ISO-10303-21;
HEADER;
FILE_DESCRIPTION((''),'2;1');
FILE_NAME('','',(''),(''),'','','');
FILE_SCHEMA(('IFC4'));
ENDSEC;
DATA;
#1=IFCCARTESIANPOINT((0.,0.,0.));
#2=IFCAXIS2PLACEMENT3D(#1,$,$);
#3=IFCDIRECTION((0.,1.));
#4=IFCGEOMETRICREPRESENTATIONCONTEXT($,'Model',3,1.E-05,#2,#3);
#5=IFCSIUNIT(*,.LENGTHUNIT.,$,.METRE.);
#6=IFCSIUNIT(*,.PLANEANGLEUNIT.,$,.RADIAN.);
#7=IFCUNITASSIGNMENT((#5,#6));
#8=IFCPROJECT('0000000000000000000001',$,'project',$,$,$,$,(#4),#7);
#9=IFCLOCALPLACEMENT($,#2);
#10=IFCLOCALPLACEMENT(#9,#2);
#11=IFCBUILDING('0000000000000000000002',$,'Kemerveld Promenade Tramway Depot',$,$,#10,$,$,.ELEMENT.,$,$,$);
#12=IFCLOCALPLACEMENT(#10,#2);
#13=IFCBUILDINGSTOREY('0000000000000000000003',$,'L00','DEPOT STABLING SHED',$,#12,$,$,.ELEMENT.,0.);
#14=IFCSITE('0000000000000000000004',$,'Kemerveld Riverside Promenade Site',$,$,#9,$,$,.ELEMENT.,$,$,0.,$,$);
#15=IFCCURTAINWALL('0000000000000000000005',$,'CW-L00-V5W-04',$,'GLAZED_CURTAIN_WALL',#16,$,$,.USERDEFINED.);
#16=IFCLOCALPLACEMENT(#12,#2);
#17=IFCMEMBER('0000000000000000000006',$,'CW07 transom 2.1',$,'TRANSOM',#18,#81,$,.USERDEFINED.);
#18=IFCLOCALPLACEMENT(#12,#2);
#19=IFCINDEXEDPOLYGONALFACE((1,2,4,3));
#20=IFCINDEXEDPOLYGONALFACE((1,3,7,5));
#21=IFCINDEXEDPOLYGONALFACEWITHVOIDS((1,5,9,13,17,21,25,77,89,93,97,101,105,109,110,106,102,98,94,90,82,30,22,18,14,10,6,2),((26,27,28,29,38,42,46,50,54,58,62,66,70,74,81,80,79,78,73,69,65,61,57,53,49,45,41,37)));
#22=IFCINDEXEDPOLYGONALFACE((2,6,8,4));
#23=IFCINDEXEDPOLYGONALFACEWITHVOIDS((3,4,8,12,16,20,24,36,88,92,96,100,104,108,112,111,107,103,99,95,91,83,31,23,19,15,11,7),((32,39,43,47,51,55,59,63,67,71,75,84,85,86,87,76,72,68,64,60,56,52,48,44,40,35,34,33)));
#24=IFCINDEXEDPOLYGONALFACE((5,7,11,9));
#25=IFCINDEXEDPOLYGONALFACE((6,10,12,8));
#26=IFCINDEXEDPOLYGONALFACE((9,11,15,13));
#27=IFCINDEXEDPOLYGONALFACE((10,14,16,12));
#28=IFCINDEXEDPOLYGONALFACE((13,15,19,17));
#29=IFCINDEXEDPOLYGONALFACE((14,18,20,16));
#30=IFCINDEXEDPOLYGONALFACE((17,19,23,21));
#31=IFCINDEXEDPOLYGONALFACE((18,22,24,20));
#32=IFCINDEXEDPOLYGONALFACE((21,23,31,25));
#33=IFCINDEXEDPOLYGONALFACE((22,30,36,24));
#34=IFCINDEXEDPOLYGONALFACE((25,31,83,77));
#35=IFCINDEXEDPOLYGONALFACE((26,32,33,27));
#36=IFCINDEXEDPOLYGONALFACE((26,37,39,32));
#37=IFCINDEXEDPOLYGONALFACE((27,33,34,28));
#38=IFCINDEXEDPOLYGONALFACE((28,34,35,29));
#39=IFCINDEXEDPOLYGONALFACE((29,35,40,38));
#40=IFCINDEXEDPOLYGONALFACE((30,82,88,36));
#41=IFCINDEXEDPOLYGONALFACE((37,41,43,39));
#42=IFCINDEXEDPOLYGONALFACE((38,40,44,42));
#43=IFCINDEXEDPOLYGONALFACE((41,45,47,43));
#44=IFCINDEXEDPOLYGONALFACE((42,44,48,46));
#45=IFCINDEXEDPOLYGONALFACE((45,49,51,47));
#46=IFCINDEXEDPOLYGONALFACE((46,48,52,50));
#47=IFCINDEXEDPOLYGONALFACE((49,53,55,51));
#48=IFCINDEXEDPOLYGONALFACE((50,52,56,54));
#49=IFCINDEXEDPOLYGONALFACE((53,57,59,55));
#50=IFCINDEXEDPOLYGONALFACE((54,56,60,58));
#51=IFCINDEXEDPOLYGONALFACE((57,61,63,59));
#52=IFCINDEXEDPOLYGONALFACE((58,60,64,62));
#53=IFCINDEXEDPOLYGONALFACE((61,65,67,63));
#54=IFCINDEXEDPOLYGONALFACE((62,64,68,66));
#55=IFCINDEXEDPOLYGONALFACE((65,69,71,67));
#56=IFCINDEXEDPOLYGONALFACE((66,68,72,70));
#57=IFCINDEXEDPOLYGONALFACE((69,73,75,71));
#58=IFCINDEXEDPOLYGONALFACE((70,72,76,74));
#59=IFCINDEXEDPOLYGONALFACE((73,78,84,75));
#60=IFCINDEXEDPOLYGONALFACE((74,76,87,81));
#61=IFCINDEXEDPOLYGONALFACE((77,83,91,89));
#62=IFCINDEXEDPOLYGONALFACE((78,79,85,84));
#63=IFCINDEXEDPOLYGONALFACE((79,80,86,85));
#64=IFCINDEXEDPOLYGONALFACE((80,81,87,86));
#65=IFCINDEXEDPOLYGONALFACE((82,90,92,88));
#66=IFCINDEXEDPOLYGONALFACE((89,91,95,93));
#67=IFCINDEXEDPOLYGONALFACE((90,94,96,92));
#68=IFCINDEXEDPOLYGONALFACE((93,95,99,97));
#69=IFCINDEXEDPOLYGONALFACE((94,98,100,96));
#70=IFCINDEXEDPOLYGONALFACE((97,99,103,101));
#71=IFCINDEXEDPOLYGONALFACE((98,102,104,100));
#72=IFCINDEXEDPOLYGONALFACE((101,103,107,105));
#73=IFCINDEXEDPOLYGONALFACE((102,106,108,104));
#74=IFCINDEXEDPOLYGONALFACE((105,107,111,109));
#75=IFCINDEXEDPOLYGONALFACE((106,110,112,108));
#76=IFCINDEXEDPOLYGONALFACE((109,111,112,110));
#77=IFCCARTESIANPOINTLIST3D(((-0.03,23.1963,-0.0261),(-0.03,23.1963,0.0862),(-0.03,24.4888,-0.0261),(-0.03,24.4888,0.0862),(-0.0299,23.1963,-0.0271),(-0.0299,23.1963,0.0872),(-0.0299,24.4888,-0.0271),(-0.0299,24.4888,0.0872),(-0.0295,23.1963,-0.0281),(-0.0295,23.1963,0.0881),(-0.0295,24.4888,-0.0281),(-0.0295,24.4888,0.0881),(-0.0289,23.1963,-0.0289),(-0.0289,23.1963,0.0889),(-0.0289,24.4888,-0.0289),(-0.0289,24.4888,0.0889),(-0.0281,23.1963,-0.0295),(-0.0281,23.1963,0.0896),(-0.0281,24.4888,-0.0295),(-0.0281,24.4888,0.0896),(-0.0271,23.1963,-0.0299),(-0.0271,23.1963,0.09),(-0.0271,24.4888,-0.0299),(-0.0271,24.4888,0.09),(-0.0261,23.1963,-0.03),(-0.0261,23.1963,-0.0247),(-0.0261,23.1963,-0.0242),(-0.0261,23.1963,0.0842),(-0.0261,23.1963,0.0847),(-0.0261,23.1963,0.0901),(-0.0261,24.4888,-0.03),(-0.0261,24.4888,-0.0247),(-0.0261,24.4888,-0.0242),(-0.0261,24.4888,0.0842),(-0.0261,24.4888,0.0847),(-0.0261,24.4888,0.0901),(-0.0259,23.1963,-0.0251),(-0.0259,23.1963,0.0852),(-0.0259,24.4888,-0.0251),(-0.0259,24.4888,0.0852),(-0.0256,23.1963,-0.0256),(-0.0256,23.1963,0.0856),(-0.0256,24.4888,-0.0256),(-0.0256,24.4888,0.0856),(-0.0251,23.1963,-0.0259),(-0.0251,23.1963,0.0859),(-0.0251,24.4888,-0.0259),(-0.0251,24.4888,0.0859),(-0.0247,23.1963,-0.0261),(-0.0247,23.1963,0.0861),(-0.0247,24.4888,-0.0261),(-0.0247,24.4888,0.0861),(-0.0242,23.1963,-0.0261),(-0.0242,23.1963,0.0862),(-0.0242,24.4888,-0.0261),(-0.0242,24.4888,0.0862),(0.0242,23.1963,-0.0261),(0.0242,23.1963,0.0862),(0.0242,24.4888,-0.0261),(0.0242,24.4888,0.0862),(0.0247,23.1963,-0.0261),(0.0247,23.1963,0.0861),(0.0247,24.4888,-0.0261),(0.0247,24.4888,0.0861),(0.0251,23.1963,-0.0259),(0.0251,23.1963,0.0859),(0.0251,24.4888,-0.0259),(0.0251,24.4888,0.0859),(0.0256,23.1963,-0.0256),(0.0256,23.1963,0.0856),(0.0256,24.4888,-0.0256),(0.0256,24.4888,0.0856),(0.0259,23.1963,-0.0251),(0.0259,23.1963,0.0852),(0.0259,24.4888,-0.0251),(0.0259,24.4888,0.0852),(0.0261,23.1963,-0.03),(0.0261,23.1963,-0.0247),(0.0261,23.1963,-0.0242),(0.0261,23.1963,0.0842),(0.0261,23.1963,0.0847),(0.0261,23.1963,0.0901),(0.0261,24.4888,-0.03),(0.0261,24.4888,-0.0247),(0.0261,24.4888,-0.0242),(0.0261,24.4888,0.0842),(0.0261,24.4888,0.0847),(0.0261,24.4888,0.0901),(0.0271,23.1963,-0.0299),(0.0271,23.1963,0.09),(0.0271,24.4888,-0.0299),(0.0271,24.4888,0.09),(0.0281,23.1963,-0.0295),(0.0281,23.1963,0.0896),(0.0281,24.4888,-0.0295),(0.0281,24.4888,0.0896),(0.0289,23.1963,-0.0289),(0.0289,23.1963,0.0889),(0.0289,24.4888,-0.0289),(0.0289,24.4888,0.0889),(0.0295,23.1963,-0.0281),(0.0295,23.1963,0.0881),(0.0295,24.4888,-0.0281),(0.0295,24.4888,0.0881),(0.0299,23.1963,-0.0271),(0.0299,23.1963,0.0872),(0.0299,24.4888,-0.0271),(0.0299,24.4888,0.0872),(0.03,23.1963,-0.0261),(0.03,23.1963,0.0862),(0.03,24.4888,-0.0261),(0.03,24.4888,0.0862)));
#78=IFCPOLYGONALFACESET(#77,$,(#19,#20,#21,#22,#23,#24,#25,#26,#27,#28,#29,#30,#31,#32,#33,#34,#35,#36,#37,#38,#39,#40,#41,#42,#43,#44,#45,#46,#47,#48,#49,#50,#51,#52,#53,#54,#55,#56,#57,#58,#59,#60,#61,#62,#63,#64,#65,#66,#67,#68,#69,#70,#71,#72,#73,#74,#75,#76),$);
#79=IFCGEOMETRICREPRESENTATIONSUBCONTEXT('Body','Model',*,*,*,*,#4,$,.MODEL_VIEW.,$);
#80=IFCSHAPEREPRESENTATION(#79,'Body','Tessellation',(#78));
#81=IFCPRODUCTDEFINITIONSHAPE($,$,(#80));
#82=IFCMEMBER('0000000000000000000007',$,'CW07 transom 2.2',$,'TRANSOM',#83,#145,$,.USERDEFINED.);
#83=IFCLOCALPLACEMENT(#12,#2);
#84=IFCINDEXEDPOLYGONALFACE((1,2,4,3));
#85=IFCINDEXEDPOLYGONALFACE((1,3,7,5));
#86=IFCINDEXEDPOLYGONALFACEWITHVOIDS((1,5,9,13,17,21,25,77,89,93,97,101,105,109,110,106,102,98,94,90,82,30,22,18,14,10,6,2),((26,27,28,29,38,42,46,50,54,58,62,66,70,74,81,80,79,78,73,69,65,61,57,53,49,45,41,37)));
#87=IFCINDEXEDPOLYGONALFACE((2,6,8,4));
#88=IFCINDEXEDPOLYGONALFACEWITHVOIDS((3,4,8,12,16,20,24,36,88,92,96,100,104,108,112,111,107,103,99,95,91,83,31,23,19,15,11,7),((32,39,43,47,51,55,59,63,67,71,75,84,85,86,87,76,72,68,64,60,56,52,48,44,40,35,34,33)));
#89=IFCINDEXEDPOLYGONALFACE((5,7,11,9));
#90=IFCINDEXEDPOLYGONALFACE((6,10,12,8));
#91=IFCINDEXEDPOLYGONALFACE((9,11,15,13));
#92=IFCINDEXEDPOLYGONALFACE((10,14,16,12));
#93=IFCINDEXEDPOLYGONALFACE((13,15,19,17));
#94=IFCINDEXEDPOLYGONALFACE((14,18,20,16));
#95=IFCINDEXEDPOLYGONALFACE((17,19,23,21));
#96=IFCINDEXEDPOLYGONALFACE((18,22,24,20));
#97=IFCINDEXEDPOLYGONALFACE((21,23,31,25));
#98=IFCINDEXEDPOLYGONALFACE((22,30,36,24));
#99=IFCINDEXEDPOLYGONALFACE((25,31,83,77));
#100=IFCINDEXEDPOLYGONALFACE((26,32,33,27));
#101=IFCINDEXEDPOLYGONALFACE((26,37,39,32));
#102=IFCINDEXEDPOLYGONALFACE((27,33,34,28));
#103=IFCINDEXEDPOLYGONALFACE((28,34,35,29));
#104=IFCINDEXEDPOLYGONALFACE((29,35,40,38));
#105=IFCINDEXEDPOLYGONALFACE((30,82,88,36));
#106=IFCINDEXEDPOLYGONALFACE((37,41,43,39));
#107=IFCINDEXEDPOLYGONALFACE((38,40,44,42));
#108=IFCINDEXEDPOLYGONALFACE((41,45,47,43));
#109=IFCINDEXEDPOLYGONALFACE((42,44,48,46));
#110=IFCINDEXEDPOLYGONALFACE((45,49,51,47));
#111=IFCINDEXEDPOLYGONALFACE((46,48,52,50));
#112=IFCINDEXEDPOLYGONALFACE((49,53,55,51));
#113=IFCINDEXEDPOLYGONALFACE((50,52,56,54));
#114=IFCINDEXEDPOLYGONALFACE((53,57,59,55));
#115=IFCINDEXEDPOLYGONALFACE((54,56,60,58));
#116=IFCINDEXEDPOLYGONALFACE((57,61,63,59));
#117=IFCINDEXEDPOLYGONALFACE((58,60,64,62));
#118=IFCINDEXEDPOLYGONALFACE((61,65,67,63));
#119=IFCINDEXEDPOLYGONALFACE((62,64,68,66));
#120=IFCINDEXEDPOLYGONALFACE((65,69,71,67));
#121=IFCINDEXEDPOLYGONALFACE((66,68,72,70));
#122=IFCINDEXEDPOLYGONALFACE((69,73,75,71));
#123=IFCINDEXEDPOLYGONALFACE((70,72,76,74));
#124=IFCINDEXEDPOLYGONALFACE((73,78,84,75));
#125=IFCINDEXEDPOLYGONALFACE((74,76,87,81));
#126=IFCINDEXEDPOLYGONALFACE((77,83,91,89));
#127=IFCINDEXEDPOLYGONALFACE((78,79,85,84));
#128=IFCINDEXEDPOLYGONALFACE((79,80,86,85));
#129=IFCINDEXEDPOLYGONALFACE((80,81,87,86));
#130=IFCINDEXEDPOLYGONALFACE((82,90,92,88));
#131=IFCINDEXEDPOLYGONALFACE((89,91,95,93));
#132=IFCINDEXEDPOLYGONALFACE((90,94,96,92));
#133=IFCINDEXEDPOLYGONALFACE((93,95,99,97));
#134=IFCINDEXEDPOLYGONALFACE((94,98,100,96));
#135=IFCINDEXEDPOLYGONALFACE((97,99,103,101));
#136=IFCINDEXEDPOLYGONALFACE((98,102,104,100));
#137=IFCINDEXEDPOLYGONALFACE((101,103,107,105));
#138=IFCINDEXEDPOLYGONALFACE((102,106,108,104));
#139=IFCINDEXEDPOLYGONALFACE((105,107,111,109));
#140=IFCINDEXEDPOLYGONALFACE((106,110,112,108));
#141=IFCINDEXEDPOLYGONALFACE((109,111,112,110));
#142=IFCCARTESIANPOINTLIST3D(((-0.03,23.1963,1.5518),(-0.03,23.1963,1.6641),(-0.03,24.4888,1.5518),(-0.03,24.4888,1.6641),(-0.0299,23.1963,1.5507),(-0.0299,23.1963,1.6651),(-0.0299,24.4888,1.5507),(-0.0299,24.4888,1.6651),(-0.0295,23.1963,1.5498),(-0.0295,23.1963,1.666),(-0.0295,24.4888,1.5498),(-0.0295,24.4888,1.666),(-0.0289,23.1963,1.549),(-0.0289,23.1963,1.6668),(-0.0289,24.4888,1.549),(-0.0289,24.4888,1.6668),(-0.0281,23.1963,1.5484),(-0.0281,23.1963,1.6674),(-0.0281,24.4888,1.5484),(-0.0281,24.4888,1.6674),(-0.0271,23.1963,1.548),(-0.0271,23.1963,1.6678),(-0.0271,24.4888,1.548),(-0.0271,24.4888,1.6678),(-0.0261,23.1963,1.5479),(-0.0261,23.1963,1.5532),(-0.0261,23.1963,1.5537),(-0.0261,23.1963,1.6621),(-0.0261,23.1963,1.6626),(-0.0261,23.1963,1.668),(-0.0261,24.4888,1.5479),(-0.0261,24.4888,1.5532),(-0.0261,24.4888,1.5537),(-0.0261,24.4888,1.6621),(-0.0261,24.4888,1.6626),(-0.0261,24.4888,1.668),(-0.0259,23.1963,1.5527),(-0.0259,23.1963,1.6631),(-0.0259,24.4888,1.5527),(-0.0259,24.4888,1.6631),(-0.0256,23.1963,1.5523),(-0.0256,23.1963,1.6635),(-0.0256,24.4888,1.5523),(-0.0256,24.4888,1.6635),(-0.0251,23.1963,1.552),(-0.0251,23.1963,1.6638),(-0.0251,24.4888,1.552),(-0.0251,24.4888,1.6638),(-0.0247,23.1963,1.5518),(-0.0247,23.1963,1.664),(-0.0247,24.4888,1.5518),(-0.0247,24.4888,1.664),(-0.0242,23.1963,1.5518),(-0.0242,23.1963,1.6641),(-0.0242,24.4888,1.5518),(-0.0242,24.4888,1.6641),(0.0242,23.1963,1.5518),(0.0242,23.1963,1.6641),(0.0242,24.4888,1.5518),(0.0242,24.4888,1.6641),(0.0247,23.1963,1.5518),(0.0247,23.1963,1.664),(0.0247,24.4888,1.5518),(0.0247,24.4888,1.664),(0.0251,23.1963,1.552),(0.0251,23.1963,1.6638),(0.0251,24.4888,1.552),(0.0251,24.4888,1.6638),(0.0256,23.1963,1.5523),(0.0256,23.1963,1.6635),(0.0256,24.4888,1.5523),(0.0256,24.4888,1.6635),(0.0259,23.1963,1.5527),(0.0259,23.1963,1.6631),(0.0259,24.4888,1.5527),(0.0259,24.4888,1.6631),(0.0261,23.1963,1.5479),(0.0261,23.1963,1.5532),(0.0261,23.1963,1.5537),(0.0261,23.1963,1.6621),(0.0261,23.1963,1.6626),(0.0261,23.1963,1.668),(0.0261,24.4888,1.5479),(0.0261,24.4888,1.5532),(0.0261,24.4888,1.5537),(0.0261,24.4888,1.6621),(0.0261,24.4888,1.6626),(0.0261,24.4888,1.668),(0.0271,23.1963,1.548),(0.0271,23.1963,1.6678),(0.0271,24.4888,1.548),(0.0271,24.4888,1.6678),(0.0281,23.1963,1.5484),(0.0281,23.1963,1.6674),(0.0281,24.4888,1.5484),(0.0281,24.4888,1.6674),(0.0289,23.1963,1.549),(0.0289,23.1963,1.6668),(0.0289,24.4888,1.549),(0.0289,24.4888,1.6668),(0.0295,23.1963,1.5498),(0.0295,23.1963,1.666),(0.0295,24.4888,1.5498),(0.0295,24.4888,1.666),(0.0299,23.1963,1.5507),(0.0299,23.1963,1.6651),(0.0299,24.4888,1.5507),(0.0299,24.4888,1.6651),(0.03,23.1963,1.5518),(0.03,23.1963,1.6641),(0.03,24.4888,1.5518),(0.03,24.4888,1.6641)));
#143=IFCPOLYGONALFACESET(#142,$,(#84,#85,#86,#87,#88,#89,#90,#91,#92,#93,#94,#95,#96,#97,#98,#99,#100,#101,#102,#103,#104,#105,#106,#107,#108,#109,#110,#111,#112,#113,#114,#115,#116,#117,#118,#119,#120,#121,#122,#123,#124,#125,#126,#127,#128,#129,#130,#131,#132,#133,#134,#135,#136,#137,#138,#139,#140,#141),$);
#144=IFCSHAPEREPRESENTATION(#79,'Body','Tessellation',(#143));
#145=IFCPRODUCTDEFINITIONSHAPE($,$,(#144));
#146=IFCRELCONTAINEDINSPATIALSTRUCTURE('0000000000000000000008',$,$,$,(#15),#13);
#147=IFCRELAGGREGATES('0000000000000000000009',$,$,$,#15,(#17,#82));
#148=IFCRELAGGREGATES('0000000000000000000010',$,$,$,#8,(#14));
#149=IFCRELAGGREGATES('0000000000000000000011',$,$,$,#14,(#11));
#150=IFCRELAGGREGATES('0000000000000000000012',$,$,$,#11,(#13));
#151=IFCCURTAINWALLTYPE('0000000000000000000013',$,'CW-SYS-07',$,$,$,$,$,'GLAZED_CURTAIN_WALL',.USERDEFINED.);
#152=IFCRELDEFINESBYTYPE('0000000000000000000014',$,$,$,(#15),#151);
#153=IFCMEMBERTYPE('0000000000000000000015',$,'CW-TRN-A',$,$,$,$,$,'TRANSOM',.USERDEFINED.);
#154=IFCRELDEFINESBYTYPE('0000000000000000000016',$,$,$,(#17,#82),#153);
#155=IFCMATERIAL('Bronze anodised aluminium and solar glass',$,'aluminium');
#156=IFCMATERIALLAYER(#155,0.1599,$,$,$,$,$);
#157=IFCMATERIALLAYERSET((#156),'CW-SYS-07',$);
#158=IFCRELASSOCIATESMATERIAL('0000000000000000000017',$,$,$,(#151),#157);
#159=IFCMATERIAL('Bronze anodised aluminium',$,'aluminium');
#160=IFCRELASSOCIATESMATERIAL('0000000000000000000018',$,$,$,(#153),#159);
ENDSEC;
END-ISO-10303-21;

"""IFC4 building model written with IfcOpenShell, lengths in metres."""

from ifc_helpers import new_model, si_unit, direction, frame, origin, origin_2d, place, context, subcontext, project, spatial, hollow_rectangle, extrude, material, layer, layer_set, material_profile, profile_set, type_object, element, aggregate, save


model = new_model("IFC4")

# Units and contexts
model_context = context("Model", 3, precision=1e-05, world=origin(), true_north=direction((0.0, 1.0)))
body_context = subcontext(model_context, "Body", "Model", "MODEL_VIEW")
ifc_project = project(units=[si_unit("LENGTHUNIT", "METRE"), si_unit("PLANEANGLEUNIT", "RADIAN")], contexts=[model_context])

# Site, building, storey
site_placement = place(None, origin())
site = spatial("IfcSite", under=ifc_project, at=site_placement, Name="Kemerveld Riverside Promenade Site", CompositionType="ELEMENT", RefElevation=0.0)
building_placement = place(site_placement, origin())
building = spatial("IfcBuilding", under=site, at=building_placement, Name="Kemerveld Promenade Tramway Depot", CompositionType="ELEMENT")
storey_placement = place(building_placement, origin())
storey = spatial("IfcBuildingStorey", under=building, at=storey_placement, Name="L00", Description="DEPOT STABLING SHED", CompositionType="ELEMENT", Elevation=0.0)

# Curtain wall, members
ifc_material_1 = material(Name="Bronze anodised aluminium and solar glass", Category="aluminium")
ifc_layer_1 = layer(ifc_material_1, 0.1599)
ifc_layer_set_1 = layer_set([ifc_layer_1], Name="CW-SYS-07")
curtain_wall_type = type_object("IfcCurtainWallType", Name="CW-SYS-07", ElementType="GLAZED_CURTAIN_WALL", PredefinedType="USERDEFINED", material=ifc_layer_set_1)
curtain_wall_placement = place(storey_placement, origin())
curtain_wall = element("IfcCurtainWall", 1, at=curtain_wall_placement, inside=storey, type_object=curtain_wall_type, Name="CW-L00-V5W-04", ObjectType="GLAZED_CURTAIN_WALL", PredefinedType="USERDEFINED")
ifc_material_2 = material(Name="Bronze anodised aluminium", Category="aluminium")
ifc_material_profile_1 = material_profile(ifc_material_2, hollow_rectangle(XDim=0.0601, YDim=0.1201, WallThickness=0.0039, InnerFilletRadius=0.002, OuterFilletRadius=0.0039, at=origin_2d()), Name="CW-TRN-120x60")
ifc_profile_set_1 = profile_set([ifc_material_profile_1], Name="Bronze anodised aluminium")
member_type_1 = type_object("IfcMemberType", Name="CW-TRN-A", ElementType="TRANSOM", PredefinedType="USERDEFINED", material=ifc_profile_set_1)
member_1_placement = place(storey_placement, frame((0.0, 23.1963, 0.03), z_axis=(0.0, 1.0, 0.0), x_axis=(-1.0, 0.0, 0.0)))
member_1 = element("IfcMember", 2, at=member_1_placement, type_object=member_type_1, Name="CW07 transom 2.1", ObjectType="TRANSOM", PredefinedType="USERDEFINED", context=body_context, shape_type="SweptSolid", body=[
    extrude(hollow_rectangle(XDim=0.0601, YDim=0.1201, WallThickness=0.0039, InnerFilletRadius=0.002, OuterFilletRadius=0.0039, at=origin_2d()), origin(), (0.0, 0.0, 1.0), 1.2925),
])
member_2_placement = place(storey_placement, frame((0.0, 23.1963, 1.6079), z_axis=(0.0, 1.0, 0.0), x_axis=(-1.0, 0.0, 0.0)))
member_2 = element("IfcMember", 3, at=member_2_placement, type_object=member_type_1, Name="CW07 transom 2.2", ObjectType="TRANSOM", PredefinedType="USERDEFINED", context=body_context, shape_type="SweptSolid", body=[
    extrude(hollow_rectangle(XDim=0.0601, YDim=0.1201, WallThickness=0.0039, InnerFilletRadius=0.002, OuterFilletRadius=0.0039, at=origin_2d()), origin(), (0.0, 0.0, 1.0), 1.2925),
])
aggregate(curtain_wall, [member_1, member_2])

save(model, "model.ifc")
